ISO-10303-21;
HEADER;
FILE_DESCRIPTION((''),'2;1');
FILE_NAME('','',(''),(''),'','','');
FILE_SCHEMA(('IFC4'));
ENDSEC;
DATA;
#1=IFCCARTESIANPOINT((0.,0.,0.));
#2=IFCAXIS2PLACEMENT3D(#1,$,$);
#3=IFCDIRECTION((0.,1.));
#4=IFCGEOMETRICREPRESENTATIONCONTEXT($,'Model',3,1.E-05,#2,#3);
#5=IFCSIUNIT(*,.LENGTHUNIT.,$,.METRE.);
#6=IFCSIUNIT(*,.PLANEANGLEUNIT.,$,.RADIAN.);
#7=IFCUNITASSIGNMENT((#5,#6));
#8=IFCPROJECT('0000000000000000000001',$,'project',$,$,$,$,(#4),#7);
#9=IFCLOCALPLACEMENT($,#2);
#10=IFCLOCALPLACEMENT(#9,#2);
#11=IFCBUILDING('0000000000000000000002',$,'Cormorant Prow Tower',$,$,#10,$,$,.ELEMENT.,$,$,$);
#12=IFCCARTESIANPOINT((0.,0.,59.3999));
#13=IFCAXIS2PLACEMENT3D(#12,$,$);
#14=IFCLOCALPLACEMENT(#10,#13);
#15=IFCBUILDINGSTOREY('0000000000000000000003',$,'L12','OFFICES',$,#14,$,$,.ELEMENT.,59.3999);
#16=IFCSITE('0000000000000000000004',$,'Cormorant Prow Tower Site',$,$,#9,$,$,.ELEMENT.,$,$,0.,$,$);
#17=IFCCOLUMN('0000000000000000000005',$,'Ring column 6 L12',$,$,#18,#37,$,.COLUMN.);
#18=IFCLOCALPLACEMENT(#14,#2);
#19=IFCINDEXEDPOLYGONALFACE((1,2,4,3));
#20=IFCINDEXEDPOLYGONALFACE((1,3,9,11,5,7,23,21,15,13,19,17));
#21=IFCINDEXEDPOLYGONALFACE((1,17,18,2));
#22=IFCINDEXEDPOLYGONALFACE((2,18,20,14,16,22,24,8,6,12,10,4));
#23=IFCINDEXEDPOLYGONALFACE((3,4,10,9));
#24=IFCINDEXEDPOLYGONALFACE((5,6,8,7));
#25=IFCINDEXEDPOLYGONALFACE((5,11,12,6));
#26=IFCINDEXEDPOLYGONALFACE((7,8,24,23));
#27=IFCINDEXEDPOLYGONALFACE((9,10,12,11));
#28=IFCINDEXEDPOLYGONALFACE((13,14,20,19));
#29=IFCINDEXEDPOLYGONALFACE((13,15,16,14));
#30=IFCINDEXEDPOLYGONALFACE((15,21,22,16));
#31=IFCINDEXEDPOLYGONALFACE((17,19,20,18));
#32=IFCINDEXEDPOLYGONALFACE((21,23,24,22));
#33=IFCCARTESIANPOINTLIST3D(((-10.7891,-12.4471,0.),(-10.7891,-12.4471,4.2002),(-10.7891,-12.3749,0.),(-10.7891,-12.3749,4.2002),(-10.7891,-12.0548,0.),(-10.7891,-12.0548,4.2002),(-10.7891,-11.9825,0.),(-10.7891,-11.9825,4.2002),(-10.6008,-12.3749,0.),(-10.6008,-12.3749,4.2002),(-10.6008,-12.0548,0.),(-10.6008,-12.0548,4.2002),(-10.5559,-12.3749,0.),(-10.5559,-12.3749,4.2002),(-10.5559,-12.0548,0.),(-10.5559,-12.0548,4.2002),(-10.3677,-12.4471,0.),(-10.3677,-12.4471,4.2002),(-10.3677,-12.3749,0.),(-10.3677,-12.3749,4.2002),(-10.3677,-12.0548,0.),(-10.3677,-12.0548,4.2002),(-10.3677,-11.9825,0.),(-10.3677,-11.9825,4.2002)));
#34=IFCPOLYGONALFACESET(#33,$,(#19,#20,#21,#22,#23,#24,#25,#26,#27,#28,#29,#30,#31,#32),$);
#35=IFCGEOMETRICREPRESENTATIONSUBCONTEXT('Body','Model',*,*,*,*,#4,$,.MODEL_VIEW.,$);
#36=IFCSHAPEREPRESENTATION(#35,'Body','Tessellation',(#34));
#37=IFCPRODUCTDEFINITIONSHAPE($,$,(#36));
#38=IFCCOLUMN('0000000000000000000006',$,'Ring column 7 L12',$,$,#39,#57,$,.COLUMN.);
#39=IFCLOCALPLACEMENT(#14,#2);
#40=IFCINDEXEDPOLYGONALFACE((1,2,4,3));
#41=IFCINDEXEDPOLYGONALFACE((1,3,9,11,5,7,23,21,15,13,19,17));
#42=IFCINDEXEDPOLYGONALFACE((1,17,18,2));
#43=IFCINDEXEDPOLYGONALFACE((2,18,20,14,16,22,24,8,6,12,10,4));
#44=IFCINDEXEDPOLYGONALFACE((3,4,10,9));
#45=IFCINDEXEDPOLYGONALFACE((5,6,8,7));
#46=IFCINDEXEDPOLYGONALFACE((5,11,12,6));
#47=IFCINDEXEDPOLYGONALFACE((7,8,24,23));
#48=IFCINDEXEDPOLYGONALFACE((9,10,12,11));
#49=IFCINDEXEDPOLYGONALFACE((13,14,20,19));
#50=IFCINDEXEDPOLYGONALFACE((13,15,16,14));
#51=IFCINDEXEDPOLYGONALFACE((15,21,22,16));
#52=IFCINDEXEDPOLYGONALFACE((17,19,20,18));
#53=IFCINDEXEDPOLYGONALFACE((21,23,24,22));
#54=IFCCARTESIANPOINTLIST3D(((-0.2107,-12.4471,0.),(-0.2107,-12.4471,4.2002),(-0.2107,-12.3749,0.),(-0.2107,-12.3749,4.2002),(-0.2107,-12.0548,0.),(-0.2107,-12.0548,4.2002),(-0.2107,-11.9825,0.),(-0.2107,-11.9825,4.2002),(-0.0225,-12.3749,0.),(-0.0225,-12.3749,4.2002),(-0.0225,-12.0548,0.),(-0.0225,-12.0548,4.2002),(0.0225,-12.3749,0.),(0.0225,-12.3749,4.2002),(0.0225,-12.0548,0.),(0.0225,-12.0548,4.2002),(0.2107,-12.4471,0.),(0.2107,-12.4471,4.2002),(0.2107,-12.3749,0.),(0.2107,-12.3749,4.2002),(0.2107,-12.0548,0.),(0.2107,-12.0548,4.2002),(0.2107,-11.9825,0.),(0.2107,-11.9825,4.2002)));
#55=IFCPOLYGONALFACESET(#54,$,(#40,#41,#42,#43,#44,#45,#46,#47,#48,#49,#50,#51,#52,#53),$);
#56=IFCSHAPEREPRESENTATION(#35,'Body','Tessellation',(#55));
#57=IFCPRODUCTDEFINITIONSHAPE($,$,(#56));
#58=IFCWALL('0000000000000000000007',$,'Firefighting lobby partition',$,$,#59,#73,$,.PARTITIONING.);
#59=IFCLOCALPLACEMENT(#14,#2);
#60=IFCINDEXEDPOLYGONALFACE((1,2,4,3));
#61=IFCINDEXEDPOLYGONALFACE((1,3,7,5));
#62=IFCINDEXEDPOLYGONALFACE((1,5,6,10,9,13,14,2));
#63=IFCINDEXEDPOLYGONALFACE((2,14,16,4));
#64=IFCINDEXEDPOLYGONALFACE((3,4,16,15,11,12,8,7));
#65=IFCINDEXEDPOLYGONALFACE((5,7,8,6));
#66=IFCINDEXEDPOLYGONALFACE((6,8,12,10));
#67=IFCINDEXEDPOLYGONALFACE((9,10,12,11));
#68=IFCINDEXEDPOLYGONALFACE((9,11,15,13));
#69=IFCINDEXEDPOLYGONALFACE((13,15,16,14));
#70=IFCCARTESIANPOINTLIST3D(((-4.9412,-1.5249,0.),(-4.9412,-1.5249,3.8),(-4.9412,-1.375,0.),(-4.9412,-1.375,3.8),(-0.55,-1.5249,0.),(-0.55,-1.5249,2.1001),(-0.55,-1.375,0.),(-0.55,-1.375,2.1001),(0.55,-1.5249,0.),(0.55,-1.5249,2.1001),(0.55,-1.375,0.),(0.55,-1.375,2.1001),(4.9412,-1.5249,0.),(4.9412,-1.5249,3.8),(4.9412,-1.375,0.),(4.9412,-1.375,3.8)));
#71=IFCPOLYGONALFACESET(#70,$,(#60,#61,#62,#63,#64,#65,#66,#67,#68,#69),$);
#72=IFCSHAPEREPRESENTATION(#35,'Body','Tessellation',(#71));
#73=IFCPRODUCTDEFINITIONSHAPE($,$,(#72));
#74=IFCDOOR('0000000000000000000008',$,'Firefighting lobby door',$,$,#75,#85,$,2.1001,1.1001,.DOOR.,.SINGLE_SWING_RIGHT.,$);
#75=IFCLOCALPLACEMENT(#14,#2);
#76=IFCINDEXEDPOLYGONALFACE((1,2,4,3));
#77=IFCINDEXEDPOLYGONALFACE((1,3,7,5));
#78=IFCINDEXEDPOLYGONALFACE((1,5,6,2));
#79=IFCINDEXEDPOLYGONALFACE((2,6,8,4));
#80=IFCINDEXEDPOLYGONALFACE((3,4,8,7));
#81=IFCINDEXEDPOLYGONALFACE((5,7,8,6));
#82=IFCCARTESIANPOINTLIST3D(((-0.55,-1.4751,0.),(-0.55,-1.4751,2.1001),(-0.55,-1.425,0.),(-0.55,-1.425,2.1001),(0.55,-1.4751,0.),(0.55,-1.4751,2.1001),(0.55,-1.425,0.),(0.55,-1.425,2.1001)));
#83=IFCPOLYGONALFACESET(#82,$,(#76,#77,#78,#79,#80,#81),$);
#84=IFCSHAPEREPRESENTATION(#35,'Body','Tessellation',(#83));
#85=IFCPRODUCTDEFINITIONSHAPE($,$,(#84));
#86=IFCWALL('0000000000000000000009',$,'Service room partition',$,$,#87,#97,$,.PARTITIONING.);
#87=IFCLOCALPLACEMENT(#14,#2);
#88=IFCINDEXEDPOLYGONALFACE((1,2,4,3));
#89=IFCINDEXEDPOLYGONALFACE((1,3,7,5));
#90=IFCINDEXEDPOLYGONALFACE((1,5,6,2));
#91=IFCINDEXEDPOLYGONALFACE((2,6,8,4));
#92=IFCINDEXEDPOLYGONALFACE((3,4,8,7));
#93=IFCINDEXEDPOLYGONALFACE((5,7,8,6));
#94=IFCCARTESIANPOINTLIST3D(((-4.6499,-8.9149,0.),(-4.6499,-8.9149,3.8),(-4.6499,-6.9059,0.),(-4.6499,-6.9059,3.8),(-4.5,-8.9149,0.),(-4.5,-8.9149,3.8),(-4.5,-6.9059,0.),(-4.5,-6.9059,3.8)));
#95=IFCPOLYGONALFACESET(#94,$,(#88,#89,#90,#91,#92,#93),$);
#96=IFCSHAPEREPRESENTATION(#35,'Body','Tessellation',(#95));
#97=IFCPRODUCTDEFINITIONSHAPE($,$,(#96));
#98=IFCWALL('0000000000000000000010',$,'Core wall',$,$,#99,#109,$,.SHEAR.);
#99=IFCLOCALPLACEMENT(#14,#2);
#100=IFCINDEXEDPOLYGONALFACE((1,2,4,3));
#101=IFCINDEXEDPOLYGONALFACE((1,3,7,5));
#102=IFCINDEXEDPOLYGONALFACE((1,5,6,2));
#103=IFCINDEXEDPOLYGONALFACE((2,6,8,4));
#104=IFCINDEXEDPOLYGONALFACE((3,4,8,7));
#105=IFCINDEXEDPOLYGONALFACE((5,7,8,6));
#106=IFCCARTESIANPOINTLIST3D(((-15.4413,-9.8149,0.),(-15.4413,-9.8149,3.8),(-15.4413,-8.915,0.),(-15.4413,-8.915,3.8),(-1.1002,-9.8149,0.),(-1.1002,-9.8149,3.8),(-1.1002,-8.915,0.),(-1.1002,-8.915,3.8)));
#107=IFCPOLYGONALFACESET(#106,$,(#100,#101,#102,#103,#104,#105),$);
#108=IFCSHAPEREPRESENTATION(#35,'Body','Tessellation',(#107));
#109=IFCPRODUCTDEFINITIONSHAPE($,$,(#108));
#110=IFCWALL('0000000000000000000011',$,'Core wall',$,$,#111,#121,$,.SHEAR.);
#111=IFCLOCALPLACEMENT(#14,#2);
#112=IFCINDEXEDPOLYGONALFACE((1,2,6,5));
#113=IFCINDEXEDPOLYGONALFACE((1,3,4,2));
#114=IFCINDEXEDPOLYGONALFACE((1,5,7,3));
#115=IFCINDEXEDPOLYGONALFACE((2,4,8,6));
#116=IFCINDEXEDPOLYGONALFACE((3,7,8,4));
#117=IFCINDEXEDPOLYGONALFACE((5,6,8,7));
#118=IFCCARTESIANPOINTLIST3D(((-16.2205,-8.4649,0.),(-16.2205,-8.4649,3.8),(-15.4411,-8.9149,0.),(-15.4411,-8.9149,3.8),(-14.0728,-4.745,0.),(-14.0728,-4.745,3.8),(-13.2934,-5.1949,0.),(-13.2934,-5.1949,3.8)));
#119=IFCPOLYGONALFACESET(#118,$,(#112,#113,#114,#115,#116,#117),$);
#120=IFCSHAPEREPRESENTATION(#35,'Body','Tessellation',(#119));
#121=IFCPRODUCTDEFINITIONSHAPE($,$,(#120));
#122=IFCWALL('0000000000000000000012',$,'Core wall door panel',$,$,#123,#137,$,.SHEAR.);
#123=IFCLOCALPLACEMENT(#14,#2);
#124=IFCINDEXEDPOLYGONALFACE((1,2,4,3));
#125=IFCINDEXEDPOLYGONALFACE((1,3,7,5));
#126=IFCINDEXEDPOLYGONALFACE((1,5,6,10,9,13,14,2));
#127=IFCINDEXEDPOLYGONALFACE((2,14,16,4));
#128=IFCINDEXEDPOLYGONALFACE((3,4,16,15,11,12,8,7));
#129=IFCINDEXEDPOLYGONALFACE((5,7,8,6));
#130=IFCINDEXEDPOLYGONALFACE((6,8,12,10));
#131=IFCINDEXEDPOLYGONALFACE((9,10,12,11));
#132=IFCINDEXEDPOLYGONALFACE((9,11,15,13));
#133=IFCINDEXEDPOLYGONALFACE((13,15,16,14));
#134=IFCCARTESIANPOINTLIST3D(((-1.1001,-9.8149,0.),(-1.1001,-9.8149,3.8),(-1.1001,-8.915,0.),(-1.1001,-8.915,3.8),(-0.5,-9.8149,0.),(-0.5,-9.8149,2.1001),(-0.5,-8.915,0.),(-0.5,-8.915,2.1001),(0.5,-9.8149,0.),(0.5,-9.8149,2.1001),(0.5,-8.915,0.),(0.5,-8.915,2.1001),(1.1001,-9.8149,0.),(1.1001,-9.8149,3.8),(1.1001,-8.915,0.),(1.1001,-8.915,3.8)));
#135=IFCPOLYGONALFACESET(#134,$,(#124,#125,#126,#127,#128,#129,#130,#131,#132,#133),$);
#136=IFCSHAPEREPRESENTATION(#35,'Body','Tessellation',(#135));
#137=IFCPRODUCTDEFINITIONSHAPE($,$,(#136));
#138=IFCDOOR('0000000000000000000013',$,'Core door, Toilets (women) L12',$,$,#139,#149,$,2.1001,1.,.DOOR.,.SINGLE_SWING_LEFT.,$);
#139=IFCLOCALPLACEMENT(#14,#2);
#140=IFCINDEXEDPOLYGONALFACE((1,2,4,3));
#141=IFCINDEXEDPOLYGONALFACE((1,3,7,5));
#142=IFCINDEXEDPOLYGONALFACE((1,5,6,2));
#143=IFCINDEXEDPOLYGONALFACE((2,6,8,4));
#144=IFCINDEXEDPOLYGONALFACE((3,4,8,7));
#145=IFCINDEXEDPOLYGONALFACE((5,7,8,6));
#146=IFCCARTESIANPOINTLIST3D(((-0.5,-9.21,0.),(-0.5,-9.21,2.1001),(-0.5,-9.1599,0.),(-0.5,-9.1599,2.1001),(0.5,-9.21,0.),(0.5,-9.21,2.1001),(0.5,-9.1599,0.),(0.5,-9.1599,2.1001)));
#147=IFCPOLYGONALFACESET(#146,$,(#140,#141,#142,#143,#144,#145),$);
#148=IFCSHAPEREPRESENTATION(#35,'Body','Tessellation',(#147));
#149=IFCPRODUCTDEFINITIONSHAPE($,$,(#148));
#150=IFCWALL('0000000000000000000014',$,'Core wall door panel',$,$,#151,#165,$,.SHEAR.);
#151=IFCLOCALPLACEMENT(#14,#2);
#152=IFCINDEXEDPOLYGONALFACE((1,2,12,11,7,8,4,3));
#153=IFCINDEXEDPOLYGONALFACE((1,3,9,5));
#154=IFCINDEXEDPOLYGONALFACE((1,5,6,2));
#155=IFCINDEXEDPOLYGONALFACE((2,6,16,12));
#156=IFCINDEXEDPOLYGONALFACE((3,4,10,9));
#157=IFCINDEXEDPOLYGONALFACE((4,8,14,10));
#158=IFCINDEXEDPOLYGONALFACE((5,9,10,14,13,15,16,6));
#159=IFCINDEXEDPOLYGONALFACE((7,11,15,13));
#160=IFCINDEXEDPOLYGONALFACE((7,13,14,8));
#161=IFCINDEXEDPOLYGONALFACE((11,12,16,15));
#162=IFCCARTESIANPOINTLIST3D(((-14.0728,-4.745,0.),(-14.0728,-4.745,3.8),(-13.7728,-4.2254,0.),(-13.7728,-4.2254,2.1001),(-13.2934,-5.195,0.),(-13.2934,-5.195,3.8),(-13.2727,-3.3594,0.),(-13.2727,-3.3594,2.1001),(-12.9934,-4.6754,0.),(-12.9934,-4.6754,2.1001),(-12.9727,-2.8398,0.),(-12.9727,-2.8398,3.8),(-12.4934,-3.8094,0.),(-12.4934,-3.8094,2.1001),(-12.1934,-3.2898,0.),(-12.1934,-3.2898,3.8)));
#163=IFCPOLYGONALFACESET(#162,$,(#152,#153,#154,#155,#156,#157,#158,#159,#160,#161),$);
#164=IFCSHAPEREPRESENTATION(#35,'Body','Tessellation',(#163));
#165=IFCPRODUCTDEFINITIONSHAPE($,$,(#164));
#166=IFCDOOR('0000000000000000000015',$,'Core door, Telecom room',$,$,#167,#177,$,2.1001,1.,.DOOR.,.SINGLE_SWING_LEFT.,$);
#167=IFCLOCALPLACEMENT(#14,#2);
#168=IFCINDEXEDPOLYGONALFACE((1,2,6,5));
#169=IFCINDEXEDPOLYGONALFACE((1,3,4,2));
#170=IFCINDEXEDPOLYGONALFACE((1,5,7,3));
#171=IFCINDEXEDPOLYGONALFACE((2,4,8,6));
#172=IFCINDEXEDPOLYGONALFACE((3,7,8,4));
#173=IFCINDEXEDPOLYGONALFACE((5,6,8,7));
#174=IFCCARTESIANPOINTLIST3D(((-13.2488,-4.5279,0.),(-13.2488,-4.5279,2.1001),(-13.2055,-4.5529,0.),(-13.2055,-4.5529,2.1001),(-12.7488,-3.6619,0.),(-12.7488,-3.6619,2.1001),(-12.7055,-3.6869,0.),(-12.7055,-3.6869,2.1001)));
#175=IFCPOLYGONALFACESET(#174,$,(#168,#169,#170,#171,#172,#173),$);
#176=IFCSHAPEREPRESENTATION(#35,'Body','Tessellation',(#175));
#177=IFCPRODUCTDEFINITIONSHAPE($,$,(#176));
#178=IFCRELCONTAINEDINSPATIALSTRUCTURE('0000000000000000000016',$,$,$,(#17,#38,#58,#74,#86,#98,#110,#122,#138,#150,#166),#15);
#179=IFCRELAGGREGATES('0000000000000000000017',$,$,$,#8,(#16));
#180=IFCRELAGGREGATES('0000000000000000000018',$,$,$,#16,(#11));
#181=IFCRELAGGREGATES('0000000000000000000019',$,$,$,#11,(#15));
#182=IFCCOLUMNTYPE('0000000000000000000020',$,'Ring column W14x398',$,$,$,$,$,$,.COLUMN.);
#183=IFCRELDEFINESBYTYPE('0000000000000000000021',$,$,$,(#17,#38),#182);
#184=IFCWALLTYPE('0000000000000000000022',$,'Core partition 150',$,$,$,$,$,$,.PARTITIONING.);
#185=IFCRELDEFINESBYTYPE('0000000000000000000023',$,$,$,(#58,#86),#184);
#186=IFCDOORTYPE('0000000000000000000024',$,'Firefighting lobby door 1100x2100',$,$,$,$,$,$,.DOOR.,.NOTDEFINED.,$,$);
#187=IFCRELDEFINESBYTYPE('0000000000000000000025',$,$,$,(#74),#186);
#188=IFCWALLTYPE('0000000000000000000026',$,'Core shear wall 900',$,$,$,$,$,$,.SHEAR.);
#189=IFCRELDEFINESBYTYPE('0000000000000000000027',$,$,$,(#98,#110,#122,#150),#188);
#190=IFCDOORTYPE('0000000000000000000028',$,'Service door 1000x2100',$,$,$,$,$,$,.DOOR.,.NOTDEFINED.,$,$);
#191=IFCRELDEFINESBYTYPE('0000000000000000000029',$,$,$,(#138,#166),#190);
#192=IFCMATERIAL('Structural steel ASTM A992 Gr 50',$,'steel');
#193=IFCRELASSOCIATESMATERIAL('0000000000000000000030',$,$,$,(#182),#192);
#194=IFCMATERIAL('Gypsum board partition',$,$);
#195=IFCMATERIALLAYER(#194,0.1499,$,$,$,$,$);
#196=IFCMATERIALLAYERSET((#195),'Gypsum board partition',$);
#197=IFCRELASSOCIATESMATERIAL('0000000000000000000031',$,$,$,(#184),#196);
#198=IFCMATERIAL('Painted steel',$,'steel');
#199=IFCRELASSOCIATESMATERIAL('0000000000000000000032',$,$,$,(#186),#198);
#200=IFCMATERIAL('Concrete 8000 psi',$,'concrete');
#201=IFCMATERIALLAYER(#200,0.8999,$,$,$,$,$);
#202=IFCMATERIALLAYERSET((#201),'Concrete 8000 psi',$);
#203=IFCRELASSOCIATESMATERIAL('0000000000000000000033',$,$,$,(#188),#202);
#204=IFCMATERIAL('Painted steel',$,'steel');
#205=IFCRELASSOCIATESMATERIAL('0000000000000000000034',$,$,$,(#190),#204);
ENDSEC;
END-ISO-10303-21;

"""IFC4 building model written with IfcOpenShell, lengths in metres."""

from ifc_helpers import new_model, si_unit, direction, frame, frame_2d, origin, origin_2d, place, context, subcontext, project, spatial, rectangle, i_section, extrude, material, layer, layer_set, material_profile, profile_set, type_object, element, fill, save


model = new_model("IFC4")

# Units and contexts
model_context = context("Model", 3, precision=1e-05, world=origin(), true_north=direction((0.0, 1.0)))
body_context = subcontext(model_context, "Body", "Model", "MODEL_VIEW")
ifc_project = project(units=[si_unit("LENGTHUNIT", "METRE"), si_unit("PLANEANGLEUNIT", "RADIAN")], contexts=[model_context])

# Site, building, storey
site_placement = place(None, origin())
site = spatial("IfcSite", under=ifc_project, at=site_placement, Name="Cormorant Prow Tower Site", CompositionType="ELEMENT", RefElevation=0.0)
building_placement = place(site_placement, origin())
building = spatial("IfcBuilding", under=site, at=building_placement, Name="Cormorant Prow Tower", CompositionType="ELEMENT")
storey_placement = place(building_placement, frame((0.0, 0.0, 59.3999)))
storey = spatial("IfcBuildingStorey", under=building, at=storey_placement, Name="L12", Description="OFFICES", CompositionType="ELEMENT", Elevation=59.3999)

# Columns
ifc_material_1 = material(Name="Structural steel ASTM A992 Gr 50", Category="steel")
ifc_material_profile = material_profile(ifc_material_1, i_section(OverallWidth=0.4214, OverallDepth=0.4646, WebThickness=0.0449, FlangeThickness=0.0723, at=origin_2d()), Name="W14x398")
ifc_profile_set = profile_set([ifc_material_profile], Name="Structural steel ASTM A992 Gr 50")
column_type = type_object("IfcColumnType", Name="Ring column W14x398", PredefinedType="COLUMN", material=ifc_profile_set)
for number, where, z_axis, x_axis, name in (
    (1, (-10.5784, -12.2148, 0.0), (0.0, 0.0, 1.0), (1.0, 0.0, 0.0), "Ring column 6 L12"),
    (2, (0.0, -12.2148, 0.0), (0.0, 0.0, 1.0), (1.0, 0.0, 0.0), "Ring column 7 L12"),
):
    element("IfcColumn", number, at=place(storey_placement, frame(where, z_axis=z_axis, x_axis=x_axis)), inside=storey, type_object=column_type, Name=name, PredefinedType="COLUMN", context=body_context, shape_type="SweptSolid", body=[
        extrude(i_section(OverallWidth=0.4214, OverallDepth=0.4646, WebThickness=0.0449, FlangeThickness=0.0723, at=origin_2d()), origin(), (0.0, 0.0, 1.0), 4.2002),
    ])

# Wall, opening, door
ifc_material_2 = material(Name="Gypsum board partition")
ifc_layer_1 = layer(ifc_material_2, 0.1499)
ifc_layer_set_1 = layer_set([ifc_layer_1], Name="Gypsum board partition")
wall_type_1 = type_object("IfcWallType", Name="Core partition 150", PredefinedType="PARTITIONING", material=ifc_layer_set_1)
wall_1_placement = place(storey_placement, frame((-4.9412, -1.45, 0.0), z_axis=(0.0, 0.0, 1.0), x_axis=(1.0, 0.0, 0.0)))
wall_1 = element("IfcWall", 3, at=wall_1_placement, inside=storey, type_object=wall_type_1, Name="Firefighting lobby partition", PredefinedType="PARTITIONING", context=body_context, shape_type="SweptSolid", body=[
    extrude(rectangle(XDim=9.8823, YDim=0.1499, at=frame_2d((4.9412, 0.0))), origin(), (0.0, 0.0, 1.0), 3.8),
])
opening_1_placement = place(wall_1_placement, frame((4.3911, 0.0, 0.0)))
opening_1 = element("IfcOpeningElement", 4, at=opening_1_placement, cuts=wall_1, PredefinedType="OPENING", context=body_context, shape_type="SweptSolid", body=[
    extrude(rectangle(XDim=1.1001, YDim=2.1001, at=frame_2d((0.55, 1.05))), frame((0.0, 0.085, 0.0), z_axis=(0.0, -1.0, 0.0), x_axis=(1.0, 0.0, 0.0)), (0.0, 0.0, 1.0), 0.1699),
])
ifc_material_3 = material(Name="Painted steel", Category="steel")
door_type_1 = type_object("IfcDoorType", Name="Firefighting lobby door 1100x2100", OperationType="NOTDEFINED", PredefinedType="DOOR", material=ifc_material_3)
door_1_placement = place(opening_1_placement, origin())
door_1 = element("IfcDoor", 5, at=door_1_placement, inside=storey, type_object=door_type_1, Name="Firefighting lobby door", OperationType="SINGLE_SWING_RIGHT", OverallHeight=2.1001, OverallWidth=1.1001, PredefinedType="DOOR", context=body_context, shape_type="SweptSolid", body=[
    extrude(rectangle(XDim=1.1001, YDim=2.1001, at=frame_2d((0.55, 1.05))), frame((0.0, 0.0249, 0.0), z_axis=(0.0, -1.0, 0.0), x_axis=(1.0, 0.0, 0.0)), (0.0, 0.0, 1.0), 0.05),
])
fill(opening_1, door_1)

# Walls
wall_2_placement = place(storey_placement, frame((-4.575, -6.906, 0.0), z_axis=(0.0, 0.0, 1.0), x_axis=(0.0, -1.0, 0.0)))
element("IfcWall", 6, at=wall_2_placement, inside=storey, type_object=wall_type_1, Name="Service room partition", PredefinedType="PARTITIONING", context=body_context, shape_type="SweptSolid", body=[
    extrude(rectangle(XDim=2.009, YDim=0.1499, at=frame_2d((1.0044, 0.0))), origin(), (0.0, 0.0, 1.0), 3.8),
])
ifc_material_4 = material(Name="Concrete 8000 psi", Category="concrete")
ifc_layer_2 = layer(ifc_material_4, 0.8999)
ifc_layer_set_2 = layer_set([ifc_layer_2], Name="Concrete 8000 psi")
wall_type_2 = type_object("IfcWallType", Name="Core shear wall 900", PredefinedType="SHEAR", material=ifc_layer_set_2)
wall_3_placement = place(storey_placement, frame((-15.4412, -9.365, 0.0), z_axis=(0.0, 0.0, 1.0), x_axis=(1.0, 0.0, 0.0)))
element("IfcWall", 7, at=wall_3_placement, inside=storey, type_object=wall_type_2, Name="Core wall", PredefinedType="SHEAR", context=body_context, shape_type="SweptSolid", body=[
    extrude(rectangle(XDim=14.3411, YDim=0.8999, at=frame_2d((7.1704, 0.0))), origin(), (0.0, 0.0, 1.0), 3.8),
])
wall_4_placement = place(storey_placement, frame((-13.6831, -4.97, 0.0), z_axis=(0.0, 0.0, 1.0), x_axis=(-0.499996, -0.866028, 0.0)))
element("IfcWall", 8, at=wall_4_placement, inside=storey, type_object=wall_type_2, Name="Core wall", PredefinedType="SHEAR", context=body_context, shape_type="SweptSolid", body=[
    extrude(rectangle(XDim=4.2954, YDim=0.8999, at=frame_2d((2.1477, 0.0))), origin(), (0.0, 0.0, 1.0), 3.8),
])

# Walls, openings, doors
wall_5_placement = place(storey_placement, frame((-1.1001, -9.365, 0.0), z_axis=(0.0, 0.0, 1.0), x_axis=(1.0, 0.0, 0.0)))
wall_5 = element("IfcWall", 9, at=wall_5_placement, inside=storey, type_object=wall_type_2, Name="Core wall door panel", PredefinedType="SHEAR", context=body_context, shape_type="SweptSolid", body=[
    extrude(rectangle(XDim=2.2002, YDim=0.8999, at=frame_2d((1.1001, 0.0))), origin(), (0.0, 0.0, 1.0), 3.8),
])
opening_2_placement = place(wall_5_placement, frame((0.6001, 0.0, 0.0)))
opening_2 = element("IfcOpeningElement", 10, at=opening_2_placement, cuts=wall_5, PredefinedType="OPENING", context=body_context, shape_type="SweptSolid", body=[
    extrude(rectangle(XDim=1.0, YDim=2.1001, at=frame_2d((0.5, 1.05))), frame((0.0, 0.46, 0.0), z_axis=(0.0, -1.0, 0.0), x_axis=(1.0, 0.0, 0.0)), (0.0, 0.0, 1.0), 0.9199),
])
ifc_material_5 = material(Name="Painted steel", Category="steel")
door_type_2 = type_object("IfcDoorType", Name="Service door 1000x2100", OperationType="NOTDEFINED", PredefinedType="DOOR", material=ifc_material_5)
door_2_placement = place(opening_2_placement, origin())
door_2 = element("IfcDoor", 11, at=door_2_placement, inside=storey, type_object=door_type_2, Name="Core door, Toilets (women) L12", OperationType="SINGLE_SWING_LEFT", OverallHeight=2.1001, OverallWidth=1.0, PredefinedType="DOOR", context=body_context, shape_type="SweptSolid", body=[
    extrude(rectangle(XDim=1.0, YDim=2.1001, at=frame_2d((0.5, 1.05))), frame((0.0, 0.2051, 0.0), z_axis=(0.0, -1.0, 0.0), x_axis=(1.0, 0.0, 0.0)), (0.0, 0.0, 1.0), 0.05),
])
fill(opening_2, door_2)
wall_6_placement = place(storey_placement, frame((-12.583, -3.0647, 0.0), z_axis=(0.0, 0.0, 1.0), x_axis=(-0.50003, -0.866008, 0.0)))
wall_6 = element("IfcWall", 12, at=wall_6_placement, inside=storey, type_object=wall_type_2, Name="Core wall door panel", PredefinedType="SHEAR", context=body_context, shape_type="SweptSolid", body=[
    extrude(rectangle(XDim=2.2, YDim=0.8999, at=frame_2d((1.1001, 0.0))), origin(), (0.0, 0.0, 1.0), 3.8),
])
opening_3_placement = place(wall_6_placement, frame((0.6001, 0.0, 0.0)))
opening_3 = element("IfcOpeningElement", 13, at=opening_3_placement, cuts=wall_6, PredefinedType="OPENING", context=body_context, shape_type="SweptSolid", body=[
    extrude(rectangle(XDim=1.0, YDim=2.1001, at=frame_2d((0.5, 1.05))), frame((0.0, 0.46, 0.0), z_axis=(0.0, -1.0, 0.0), x_axis=(1.0, 0.0, 0.0)), (0.0, 0.0, 1.0), 0.9199),
])
door_3_placement = place(opening_3_placement, origin())
door_3 = element("IfcDoor", 14, at=door_3_placement, inside=storey, type_object=door_type_2, Name="Core door, Telecom room", OperationType="SINGLE_SWING_LEFT", OverallHeight=2.1001, OverallWidth=1.0, PredefinedType="DOOR", context=body_context, shape_type="SweptSolid", body=[
    extrude(rectangle(XDim=1.0, YDim=2.1001, at=frame_2d((0.5, 1.05))), frame((0.0, 0.2051, 0.0), z_axis=(0.0, -1.0, 0.0), x_axis=(1.0, 0.0, 0.0)), (0.0, 0.0, 1.0), 0.05),
])
fill(opening_3, door_3)

save(model, "model.ifc")
